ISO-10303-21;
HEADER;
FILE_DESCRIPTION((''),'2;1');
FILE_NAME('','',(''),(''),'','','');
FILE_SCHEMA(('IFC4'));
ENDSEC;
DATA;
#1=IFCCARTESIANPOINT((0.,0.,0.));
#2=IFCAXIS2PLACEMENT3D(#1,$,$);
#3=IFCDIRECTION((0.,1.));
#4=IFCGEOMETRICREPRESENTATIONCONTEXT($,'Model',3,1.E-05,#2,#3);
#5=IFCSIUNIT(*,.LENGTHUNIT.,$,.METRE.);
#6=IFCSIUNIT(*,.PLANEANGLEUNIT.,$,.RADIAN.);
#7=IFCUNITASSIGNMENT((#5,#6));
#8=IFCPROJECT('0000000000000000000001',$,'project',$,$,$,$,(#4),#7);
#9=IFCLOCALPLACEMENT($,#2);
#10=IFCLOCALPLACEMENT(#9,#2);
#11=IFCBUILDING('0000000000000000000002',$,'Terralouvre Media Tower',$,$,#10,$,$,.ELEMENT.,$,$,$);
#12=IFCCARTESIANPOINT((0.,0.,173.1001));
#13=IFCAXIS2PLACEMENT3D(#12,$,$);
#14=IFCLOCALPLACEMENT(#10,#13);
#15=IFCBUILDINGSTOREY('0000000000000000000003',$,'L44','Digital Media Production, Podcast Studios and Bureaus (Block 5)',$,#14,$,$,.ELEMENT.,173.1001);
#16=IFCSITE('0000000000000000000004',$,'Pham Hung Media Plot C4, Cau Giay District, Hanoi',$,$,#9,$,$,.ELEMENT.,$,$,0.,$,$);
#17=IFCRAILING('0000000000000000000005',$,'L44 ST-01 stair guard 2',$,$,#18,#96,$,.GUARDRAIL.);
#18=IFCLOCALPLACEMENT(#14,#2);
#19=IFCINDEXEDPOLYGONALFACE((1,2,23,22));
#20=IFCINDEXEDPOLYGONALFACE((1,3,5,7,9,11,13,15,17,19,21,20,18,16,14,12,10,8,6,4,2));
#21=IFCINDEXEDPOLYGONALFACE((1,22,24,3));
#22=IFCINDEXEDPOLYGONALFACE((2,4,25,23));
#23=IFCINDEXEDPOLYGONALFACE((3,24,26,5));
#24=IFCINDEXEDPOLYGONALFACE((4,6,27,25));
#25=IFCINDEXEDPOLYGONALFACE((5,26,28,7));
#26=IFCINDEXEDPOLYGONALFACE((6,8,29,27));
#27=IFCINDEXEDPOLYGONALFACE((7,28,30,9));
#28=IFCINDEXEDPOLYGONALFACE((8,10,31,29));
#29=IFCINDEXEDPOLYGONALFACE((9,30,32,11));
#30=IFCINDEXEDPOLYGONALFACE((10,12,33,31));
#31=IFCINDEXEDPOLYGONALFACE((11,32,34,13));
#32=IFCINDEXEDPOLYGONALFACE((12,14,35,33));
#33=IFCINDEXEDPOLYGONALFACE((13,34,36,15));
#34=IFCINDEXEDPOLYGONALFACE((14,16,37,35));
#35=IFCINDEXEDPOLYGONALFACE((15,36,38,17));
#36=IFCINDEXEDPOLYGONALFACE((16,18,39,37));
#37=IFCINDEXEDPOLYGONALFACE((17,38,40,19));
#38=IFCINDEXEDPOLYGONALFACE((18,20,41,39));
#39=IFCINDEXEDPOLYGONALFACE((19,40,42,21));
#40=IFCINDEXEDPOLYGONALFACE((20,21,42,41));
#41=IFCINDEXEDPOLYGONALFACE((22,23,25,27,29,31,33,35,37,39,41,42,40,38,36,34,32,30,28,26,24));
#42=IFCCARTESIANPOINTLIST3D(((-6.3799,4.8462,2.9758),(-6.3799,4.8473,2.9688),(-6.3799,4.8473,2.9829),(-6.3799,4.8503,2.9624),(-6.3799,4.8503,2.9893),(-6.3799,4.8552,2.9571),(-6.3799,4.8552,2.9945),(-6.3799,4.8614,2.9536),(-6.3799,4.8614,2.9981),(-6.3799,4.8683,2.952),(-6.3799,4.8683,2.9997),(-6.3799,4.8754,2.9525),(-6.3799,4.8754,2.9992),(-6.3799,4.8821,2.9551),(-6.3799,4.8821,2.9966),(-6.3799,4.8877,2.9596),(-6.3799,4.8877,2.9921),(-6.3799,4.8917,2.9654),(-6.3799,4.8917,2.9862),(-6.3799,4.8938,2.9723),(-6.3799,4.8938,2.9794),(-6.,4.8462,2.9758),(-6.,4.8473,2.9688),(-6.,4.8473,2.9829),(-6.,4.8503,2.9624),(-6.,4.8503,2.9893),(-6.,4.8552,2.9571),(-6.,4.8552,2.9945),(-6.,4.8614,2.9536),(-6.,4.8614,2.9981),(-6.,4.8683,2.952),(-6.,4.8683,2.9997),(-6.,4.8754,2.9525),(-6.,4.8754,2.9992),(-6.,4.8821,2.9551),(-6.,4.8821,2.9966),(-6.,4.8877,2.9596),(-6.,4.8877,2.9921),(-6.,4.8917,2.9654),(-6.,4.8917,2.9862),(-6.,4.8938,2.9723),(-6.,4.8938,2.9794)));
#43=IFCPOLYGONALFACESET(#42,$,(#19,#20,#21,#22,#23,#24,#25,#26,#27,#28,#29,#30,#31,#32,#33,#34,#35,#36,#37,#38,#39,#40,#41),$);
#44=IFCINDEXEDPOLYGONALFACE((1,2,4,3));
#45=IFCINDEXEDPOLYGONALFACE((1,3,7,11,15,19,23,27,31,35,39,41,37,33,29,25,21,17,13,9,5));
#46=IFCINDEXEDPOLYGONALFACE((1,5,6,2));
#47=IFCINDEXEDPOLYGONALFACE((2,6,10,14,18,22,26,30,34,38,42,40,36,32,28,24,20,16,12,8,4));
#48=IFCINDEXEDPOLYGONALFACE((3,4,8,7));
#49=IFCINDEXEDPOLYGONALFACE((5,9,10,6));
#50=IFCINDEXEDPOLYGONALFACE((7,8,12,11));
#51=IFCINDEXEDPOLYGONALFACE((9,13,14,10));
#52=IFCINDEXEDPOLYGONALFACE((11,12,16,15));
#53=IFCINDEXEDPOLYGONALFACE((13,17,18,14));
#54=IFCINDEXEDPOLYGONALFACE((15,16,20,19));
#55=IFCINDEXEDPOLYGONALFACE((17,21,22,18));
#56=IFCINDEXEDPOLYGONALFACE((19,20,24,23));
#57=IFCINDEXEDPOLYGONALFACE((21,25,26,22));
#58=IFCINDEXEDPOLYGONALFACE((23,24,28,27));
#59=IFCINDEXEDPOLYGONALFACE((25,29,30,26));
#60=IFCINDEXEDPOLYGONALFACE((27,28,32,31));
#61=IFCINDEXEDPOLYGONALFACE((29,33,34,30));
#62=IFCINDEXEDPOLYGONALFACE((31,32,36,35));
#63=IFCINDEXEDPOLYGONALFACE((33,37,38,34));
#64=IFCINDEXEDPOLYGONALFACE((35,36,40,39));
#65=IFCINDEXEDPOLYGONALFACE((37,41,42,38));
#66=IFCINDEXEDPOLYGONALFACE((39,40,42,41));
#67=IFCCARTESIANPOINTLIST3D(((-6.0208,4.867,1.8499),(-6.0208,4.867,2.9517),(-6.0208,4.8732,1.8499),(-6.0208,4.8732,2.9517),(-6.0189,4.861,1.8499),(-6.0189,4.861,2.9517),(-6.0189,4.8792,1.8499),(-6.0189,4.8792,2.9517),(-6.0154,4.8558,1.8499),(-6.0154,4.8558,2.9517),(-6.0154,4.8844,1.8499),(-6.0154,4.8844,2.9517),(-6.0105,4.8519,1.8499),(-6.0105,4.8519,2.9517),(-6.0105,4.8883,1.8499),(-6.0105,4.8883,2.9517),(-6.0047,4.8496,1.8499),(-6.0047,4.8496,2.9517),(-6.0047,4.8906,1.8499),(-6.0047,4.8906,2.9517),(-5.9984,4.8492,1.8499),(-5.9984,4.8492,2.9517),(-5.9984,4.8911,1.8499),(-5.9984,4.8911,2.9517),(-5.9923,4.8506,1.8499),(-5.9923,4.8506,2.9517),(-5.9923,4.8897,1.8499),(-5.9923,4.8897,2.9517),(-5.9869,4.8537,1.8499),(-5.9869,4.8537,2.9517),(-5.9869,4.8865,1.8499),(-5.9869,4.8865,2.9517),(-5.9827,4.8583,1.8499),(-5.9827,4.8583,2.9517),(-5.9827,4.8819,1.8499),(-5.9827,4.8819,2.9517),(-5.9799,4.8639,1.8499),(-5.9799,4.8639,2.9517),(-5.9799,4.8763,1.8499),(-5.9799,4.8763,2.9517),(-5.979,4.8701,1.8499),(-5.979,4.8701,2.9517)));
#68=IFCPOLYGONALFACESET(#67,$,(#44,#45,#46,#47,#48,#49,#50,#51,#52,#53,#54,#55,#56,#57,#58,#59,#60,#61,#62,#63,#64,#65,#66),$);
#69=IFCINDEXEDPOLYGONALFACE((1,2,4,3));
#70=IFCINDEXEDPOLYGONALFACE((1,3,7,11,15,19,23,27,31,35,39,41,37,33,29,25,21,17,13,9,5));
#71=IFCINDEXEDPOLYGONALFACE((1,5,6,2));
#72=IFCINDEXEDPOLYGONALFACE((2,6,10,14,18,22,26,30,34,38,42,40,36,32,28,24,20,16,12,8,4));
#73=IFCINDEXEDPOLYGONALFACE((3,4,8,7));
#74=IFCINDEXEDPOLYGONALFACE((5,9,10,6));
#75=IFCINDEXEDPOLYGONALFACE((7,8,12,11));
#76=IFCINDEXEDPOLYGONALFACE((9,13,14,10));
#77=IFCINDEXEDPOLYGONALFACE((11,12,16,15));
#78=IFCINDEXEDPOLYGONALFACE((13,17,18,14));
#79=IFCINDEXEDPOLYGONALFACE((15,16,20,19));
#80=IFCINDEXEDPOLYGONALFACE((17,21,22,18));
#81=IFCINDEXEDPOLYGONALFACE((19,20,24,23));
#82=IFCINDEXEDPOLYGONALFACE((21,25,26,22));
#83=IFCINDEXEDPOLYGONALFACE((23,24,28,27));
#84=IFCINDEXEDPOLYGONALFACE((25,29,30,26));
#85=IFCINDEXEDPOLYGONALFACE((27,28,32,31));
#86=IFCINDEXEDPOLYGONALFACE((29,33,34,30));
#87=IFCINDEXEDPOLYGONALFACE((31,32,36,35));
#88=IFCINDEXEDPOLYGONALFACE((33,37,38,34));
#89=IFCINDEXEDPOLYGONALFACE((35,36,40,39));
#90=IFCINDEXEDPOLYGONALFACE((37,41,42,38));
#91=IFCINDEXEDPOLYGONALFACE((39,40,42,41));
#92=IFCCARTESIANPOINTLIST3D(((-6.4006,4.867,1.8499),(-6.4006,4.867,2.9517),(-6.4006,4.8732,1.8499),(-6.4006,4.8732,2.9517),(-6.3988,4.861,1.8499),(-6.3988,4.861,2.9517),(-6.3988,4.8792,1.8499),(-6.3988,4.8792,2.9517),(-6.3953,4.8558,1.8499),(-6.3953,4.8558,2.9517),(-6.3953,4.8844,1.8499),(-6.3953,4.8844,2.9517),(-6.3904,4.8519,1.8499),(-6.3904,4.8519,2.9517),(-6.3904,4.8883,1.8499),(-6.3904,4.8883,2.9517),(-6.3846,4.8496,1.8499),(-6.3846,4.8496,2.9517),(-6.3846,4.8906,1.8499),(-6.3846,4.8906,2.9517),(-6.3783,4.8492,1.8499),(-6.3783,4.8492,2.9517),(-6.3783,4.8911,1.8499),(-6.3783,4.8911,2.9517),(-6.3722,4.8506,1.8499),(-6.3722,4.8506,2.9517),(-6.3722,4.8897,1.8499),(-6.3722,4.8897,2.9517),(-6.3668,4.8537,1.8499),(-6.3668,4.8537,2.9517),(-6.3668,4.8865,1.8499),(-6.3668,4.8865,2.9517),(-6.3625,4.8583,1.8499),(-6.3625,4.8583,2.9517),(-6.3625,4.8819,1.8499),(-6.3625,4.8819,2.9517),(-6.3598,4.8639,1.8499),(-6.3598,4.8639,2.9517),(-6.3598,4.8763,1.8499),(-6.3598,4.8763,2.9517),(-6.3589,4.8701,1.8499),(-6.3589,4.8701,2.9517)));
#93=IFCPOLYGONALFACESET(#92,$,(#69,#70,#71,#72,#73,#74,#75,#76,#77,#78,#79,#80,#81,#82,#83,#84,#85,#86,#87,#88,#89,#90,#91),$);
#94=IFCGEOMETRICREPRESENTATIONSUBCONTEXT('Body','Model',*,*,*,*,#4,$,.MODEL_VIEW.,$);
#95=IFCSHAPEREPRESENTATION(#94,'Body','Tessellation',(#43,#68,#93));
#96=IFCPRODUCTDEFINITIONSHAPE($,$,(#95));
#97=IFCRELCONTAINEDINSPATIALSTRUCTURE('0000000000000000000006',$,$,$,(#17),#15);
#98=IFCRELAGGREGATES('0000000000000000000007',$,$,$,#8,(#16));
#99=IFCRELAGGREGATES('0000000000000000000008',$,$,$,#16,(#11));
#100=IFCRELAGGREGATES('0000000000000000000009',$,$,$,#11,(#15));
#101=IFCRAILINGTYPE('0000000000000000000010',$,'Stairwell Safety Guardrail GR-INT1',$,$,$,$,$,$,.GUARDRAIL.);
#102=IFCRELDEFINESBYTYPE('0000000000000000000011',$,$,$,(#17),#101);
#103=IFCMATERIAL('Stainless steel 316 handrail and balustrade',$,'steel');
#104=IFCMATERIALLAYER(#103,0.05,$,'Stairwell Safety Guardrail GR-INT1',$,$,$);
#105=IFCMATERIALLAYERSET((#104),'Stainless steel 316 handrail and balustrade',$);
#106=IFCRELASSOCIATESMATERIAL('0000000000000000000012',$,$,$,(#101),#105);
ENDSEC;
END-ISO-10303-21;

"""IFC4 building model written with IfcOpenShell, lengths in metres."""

from ifc_helpers import new_model, si_unit, direction, frame, origin, origin_2d, place, context, subcontext, project, spatial, circle, extrude, material, layer, layer_set, type_object, element, save


model = new_model("IFC4")

# Units and contexts
model_context = context("Model", 3, precision=1e-05, world=origin(), true_north=direction((0.0, 1.0)))
body_context = subcontext(model_context, "Body", "Model", "MODEL_VIEW")
ifc_project = project(units=[si_unit("LENGTHUNIT", "METRE"), si_unit("PLANEANGLEUNIT", "RADIAN")], contexts=[model_context])

# Site, building, storey
site_placement = place(None, origin())
site = spatial("IfcSite", under=ifc_project, at=site_placement, Name="Pham Hung Media Plot C4, Cau Giay District, Hanoi", CompositionType="ELEMENT", RefElevation=0.0)
building_placement = place(site_placement, origin())
building = spatial("IfcBuilding", under=site, at=building_placement, Name="Terralouvre Media Tower", CompositionType="ELEMENT")
storey_placement = place(building_placement, frame((0.0, 0.0, 173.1001)))
storey = spatial("IfcBuildingStorey", under=building, at=storey_placement, Name="L44", Description="Digital Media Production, Podcast Studios and Bureaus (Block 5)", CompositionType="ELEMENT", Elevation=173.1001)

# Railing
ifc_material_1 = material(Name="Stainless steel 316 handrail and balustrade", Category="steel")
ifc_layer_1 = layer(ifc_material_1, 0.05, Name="Stairwell Safety Guardrail GR-INT1")
ifc_layer_set_1 = layer_set([ifc_layer_1], Name="Stainless steel 316 handrail and balustrade")
railing_type_1 = type_object("IfcRailingType", Name="Stairwell Safety Guardrail GR-INT1", PredefinedType="GUARDRAIL", material=ifc_layer_set_1)
railing_1_placement = place(storey_placement, frame((-6.0, 4.8701, 1.8499)))
element("IfcRailing", 1, at=railing_1_placement, inside=storey, type_object=railing_type_1, Name="L44 ST-01 stair guard 2", PredefinedType="GUARDRAIL", context=body_context, shape_type="SweptSolid", body=[
    extrude(circle(Radius=0.0239, at=origin_2d()), frame((0.0, 0.0, 1.126), z_axis=(-1.0, 0.0, 0.0), x_axis=(0.0, -1.0, 0.0)), (0.0, 0.0, 1.0), 0.3799),
    extrude(circle(Radius=0.021, at=origin_2d()), origin(), (0.0, 0.0, 1.0), 1.1018),
    extrude(circle(Radius=0.021, at=origin_2d()), frame((-0.3799, 0.0, 0.0)), (0.0, 0.0, 1.0), 1.1018),
])

save(model, "model.ifc")
